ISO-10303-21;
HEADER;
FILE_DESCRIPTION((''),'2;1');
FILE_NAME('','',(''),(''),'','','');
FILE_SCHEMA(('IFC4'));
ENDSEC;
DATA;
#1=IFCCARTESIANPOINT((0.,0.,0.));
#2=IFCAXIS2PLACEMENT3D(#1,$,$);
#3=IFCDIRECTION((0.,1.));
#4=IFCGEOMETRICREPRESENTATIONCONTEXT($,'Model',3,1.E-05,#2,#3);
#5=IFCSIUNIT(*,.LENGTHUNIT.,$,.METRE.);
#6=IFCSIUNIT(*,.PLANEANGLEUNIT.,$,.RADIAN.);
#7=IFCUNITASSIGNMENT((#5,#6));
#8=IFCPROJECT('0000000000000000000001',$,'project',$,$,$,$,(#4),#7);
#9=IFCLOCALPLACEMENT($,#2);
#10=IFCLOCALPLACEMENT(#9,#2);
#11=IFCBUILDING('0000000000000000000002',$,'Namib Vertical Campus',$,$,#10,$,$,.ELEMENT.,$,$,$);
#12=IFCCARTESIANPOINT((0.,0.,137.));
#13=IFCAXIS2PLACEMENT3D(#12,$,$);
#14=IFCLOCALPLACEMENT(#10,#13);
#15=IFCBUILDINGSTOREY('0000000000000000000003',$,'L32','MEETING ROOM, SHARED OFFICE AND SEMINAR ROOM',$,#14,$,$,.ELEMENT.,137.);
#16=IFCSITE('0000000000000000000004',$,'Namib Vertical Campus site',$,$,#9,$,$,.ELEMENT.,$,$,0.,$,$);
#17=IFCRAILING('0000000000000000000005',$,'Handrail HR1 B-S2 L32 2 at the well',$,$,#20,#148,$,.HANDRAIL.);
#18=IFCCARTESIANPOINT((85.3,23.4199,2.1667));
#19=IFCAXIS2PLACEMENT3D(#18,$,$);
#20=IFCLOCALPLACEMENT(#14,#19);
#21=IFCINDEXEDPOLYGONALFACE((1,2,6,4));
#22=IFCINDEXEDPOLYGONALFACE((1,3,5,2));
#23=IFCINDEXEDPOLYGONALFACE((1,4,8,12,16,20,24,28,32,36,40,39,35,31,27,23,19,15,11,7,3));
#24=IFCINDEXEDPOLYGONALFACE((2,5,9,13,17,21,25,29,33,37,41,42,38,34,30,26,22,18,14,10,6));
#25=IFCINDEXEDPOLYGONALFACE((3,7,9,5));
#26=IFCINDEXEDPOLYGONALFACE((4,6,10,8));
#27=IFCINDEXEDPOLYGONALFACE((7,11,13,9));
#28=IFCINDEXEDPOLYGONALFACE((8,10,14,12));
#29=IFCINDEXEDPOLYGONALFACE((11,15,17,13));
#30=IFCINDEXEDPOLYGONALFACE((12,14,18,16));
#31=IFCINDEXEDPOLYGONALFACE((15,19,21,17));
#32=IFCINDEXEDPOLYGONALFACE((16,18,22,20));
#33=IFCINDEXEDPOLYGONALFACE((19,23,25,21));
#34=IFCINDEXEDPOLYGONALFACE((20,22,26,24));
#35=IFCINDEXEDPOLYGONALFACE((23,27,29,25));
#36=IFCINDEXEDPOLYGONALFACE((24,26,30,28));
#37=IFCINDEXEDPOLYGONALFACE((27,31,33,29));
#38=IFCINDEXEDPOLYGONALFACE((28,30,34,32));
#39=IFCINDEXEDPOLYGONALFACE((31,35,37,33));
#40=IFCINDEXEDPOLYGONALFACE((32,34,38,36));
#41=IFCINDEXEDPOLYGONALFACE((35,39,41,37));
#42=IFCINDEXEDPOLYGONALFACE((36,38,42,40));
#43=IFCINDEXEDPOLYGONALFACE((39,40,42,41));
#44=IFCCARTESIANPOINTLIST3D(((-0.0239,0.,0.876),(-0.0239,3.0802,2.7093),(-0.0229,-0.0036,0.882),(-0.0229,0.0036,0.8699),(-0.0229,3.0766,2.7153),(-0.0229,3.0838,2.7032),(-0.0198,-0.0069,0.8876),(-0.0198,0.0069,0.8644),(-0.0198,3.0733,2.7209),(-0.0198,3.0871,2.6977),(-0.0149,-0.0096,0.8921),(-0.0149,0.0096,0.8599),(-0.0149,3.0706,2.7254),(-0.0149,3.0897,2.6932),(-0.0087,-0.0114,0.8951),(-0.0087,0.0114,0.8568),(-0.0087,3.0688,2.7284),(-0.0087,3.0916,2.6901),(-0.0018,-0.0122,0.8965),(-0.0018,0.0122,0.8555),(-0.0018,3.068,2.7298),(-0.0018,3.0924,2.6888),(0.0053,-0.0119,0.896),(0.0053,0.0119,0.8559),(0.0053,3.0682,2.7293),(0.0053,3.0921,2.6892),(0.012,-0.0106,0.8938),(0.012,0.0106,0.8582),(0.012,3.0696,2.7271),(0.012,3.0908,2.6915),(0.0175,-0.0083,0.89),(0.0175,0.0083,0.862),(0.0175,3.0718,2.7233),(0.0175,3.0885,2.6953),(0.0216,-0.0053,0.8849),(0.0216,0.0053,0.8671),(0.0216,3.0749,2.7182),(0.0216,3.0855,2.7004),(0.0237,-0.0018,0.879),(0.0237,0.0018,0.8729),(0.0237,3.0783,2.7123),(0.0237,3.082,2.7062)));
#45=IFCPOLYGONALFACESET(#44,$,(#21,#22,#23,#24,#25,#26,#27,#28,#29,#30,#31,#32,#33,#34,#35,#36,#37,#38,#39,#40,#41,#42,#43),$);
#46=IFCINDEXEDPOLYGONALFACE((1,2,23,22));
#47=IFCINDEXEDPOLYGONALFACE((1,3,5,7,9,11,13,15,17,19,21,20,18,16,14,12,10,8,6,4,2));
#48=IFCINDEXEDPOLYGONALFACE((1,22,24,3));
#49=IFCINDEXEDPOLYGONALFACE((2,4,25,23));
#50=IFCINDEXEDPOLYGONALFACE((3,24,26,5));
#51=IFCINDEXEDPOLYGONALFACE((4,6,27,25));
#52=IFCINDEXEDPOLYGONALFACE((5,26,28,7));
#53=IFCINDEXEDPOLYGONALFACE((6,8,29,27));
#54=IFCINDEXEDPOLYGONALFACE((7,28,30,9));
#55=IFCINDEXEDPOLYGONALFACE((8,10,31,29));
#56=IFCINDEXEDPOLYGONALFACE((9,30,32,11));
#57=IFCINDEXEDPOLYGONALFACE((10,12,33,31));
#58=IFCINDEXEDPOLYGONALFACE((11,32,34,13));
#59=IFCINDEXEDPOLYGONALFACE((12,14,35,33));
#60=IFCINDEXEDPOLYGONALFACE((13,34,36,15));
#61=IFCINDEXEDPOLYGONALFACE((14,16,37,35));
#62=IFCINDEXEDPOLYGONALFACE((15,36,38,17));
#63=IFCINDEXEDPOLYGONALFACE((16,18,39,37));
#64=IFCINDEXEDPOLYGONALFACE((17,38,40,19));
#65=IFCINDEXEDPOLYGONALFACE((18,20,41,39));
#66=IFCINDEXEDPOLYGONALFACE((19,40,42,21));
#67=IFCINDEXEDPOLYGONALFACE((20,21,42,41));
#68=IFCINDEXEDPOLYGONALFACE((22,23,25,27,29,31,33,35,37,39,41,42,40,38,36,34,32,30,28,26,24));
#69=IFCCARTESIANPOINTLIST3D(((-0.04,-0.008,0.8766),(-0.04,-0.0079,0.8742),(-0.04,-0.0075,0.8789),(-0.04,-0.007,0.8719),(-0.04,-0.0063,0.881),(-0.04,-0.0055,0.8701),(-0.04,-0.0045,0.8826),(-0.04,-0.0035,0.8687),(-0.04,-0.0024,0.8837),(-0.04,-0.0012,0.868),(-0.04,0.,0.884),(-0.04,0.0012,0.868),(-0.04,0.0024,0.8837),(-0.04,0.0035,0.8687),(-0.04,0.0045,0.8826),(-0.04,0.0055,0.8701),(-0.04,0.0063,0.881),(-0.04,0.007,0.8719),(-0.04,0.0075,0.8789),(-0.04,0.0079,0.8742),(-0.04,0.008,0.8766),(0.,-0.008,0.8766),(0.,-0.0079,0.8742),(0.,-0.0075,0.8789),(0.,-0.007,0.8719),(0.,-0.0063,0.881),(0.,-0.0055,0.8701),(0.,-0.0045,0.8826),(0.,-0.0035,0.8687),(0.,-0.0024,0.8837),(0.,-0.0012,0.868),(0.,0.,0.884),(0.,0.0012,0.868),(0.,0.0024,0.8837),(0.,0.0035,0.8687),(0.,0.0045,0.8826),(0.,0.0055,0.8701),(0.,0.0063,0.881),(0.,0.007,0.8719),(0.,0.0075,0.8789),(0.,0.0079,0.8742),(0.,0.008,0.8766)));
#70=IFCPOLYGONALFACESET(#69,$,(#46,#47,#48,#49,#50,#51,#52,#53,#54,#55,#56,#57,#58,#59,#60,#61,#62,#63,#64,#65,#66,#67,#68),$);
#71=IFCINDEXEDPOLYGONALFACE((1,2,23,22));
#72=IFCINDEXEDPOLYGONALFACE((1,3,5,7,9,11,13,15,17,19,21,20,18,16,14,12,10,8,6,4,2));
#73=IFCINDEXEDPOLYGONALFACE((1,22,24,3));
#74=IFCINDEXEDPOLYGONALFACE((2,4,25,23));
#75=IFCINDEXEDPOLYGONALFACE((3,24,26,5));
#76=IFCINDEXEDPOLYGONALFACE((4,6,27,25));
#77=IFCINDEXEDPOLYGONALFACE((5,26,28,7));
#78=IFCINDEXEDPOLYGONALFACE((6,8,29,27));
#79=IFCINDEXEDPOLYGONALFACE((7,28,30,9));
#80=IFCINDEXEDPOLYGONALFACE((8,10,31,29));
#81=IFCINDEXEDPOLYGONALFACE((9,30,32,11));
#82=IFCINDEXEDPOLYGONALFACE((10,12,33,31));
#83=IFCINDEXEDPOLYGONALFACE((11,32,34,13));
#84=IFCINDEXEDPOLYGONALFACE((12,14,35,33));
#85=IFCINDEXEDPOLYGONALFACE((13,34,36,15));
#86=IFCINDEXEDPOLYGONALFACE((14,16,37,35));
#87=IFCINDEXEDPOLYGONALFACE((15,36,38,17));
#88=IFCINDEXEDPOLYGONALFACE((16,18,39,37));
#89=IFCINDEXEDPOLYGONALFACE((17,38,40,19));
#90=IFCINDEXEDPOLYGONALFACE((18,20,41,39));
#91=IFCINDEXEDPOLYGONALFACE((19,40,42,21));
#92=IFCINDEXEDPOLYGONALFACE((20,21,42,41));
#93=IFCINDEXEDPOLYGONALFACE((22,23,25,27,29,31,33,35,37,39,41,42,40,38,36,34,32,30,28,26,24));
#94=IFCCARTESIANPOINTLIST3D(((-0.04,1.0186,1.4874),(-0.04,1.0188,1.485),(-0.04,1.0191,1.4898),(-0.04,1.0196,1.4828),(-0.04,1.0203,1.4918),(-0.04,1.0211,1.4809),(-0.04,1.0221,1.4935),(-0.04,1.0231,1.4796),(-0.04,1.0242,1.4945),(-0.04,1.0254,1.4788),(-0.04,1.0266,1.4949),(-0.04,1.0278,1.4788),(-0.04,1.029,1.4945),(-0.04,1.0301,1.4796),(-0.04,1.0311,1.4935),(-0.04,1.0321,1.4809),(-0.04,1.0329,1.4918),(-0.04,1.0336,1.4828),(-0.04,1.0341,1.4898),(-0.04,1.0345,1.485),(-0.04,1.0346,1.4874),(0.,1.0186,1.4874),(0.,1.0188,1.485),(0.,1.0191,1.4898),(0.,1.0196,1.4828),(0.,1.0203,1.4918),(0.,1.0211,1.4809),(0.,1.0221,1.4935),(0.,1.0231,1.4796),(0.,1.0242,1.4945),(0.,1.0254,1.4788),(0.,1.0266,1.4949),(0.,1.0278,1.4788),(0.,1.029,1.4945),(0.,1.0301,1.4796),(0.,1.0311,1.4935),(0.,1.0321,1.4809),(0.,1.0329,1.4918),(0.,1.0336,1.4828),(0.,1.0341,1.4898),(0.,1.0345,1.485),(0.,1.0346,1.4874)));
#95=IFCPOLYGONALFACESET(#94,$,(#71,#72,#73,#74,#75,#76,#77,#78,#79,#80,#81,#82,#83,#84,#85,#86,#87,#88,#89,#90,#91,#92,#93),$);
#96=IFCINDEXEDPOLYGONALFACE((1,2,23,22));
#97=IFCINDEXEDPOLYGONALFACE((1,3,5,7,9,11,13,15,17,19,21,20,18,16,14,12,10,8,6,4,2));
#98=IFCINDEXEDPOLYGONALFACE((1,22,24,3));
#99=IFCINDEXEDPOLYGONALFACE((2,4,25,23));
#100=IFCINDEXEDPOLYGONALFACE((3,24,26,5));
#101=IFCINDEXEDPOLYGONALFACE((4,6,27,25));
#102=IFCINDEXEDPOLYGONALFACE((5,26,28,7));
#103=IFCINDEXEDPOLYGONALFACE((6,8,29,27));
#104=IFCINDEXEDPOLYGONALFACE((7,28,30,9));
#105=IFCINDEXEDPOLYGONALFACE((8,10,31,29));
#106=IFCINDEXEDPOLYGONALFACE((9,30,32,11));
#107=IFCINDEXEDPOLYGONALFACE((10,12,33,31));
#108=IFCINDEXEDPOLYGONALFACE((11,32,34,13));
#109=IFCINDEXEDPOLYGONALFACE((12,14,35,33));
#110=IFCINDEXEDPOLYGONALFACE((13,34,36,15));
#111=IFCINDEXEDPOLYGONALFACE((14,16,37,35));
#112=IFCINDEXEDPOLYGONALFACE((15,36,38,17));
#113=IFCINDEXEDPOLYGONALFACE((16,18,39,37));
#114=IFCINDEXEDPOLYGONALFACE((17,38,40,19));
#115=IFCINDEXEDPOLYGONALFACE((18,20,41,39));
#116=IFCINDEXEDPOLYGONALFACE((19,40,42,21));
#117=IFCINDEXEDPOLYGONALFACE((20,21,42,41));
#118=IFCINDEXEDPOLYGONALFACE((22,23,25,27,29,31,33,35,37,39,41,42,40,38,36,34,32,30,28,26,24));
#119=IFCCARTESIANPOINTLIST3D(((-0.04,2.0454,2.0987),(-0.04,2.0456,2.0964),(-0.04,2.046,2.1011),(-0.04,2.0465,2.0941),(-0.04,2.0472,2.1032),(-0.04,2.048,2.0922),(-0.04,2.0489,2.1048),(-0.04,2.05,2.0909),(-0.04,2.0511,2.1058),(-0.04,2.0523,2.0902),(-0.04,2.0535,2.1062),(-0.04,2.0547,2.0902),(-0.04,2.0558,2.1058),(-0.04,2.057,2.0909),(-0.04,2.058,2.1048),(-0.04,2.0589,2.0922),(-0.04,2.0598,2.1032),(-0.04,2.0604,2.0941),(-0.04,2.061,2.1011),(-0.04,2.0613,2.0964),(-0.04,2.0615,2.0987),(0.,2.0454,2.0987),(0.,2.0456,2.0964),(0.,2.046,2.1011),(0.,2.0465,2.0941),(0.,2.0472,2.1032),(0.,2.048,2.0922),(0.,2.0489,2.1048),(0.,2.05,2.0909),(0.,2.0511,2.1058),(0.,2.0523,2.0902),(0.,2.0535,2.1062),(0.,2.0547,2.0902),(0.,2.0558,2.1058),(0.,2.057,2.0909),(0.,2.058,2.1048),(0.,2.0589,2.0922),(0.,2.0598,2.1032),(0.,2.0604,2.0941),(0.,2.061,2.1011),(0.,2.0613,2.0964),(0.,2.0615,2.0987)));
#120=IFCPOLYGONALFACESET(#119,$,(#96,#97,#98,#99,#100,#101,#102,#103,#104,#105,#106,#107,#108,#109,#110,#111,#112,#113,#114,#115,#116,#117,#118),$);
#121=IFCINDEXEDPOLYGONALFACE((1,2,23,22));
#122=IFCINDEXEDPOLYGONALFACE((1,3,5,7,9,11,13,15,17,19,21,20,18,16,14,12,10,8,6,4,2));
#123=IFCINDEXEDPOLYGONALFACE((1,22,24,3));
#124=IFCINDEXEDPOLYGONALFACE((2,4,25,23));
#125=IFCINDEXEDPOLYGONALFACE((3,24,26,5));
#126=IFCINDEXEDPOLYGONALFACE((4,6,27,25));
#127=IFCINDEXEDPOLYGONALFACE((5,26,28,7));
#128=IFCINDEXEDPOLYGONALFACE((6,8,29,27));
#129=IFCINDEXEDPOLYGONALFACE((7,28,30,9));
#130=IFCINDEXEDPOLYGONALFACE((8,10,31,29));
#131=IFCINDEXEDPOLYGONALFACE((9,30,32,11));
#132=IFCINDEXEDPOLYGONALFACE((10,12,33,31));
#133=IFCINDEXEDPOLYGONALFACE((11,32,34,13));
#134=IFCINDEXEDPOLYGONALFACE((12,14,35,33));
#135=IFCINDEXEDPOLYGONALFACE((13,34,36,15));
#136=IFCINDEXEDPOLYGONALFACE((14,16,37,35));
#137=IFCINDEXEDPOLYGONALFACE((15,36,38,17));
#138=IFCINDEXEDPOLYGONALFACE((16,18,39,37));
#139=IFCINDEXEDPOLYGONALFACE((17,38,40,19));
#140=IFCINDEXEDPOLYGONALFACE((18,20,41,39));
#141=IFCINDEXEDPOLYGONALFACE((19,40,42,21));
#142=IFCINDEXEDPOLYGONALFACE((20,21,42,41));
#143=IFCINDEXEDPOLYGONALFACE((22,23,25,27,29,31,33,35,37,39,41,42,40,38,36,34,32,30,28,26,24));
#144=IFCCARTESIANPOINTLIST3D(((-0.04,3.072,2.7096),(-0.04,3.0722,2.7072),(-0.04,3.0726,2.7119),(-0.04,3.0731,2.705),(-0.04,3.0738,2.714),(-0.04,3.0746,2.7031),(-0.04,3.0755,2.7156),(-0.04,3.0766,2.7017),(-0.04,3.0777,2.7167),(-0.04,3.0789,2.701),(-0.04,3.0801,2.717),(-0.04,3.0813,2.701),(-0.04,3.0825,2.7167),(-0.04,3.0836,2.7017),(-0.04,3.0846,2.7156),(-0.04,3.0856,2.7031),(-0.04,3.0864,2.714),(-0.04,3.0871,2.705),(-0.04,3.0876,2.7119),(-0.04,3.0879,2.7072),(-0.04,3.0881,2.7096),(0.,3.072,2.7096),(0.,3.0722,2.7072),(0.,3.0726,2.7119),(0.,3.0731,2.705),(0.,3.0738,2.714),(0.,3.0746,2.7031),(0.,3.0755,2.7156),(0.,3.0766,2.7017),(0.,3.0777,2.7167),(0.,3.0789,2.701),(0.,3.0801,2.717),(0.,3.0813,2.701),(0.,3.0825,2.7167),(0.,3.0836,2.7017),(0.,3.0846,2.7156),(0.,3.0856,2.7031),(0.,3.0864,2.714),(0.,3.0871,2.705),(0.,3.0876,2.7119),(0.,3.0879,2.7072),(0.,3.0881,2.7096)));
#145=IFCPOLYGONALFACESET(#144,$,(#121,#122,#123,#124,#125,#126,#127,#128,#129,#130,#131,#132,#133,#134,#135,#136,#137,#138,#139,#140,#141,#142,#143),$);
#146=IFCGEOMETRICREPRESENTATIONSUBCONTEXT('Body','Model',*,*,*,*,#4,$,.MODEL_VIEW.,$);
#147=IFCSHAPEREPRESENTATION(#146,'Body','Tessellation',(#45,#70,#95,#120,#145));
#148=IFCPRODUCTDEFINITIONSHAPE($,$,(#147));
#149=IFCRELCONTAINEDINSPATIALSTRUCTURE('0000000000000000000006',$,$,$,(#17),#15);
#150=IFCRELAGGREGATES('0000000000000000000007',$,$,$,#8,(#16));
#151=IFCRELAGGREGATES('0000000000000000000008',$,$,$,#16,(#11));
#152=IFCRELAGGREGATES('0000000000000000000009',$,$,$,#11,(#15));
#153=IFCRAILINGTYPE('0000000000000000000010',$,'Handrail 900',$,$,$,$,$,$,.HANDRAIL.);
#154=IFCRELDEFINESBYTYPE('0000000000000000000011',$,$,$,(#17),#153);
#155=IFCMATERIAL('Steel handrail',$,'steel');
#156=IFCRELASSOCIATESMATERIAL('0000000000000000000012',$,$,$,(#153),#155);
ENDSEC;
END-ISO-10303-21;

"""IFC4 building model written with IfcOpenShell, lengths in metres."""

from ifc_helpers import new_model, si_unit, direction, frame, origin, origin_2d, place, context, subcontext, project, spatial, circle, extrude, material, type_object, element, save


model = new_model("IFC4")

# Units and contexts
model_context = context("Model", 3, precision=1e-05, world=origin(), true_north=direction((0.0, 1.0)))
body_context = subcontext(model_context, "Body", "Model", "MODEL_VIEW")
ifc_project = project(units=[si_unit("LENGTHUNIT", "METRE"), si_unit("PLANEANGLEUNIT", "RADIAN")], contexts=[model_context])

# Site, building, storey
site_placement = place(None, origin())
site = spatial("IfcSite", under=ifc_project, at=site_placement, Name="Namib Vertical Campus site", CompositionType="ELEMENT", RefElevation=0.0)
building_placement = place(site_placement, origin())
building = spatial("IfcBuilding", under=site, at=building_placement, Name="Namib Vertical Campus", CompositionType="ELEMENT")
storey_placement = place(building_placement, frame((0.0, 0.0, 137.0)))
storey = spatial("IfcBuildingStorey", under=building, at=storey_placement, Name="L32", Description="MEETING ROOM, SHARED OFFICE AND SEMINAR ROOM", CompositionType="ELEMENT", Elevation=137.0)

# Railing
ifc_material_1 = material(Name="Steel handrail", Category="steel")
railing_type_1 = type_object("IfcRailingType", Name="Handrail 900", PredefinedType="HANDRAIL", material=ifc_material_1)
railing_1_placement = place(storey_placement, frame((85.3, 23.4199, 2.1667)))
element("IfcRailing", 1, at=railing_1_placement, inside=storey, type_object=railing_type_1, Name="Handrail HR1 B-S2 L32 2 at the well", PredefinedType="HANDRAIL", context=body_context, shape_type="SweptSolid", body=[
    extrude(circle(Radius=0.0239, at=origin_2d()), frame((0.0, 0.0, 0.876), z_axis=(0.0, 0.859309, 0.511458), x_axis=(-1.0, 0.0, 0.0)), (0.0, 0.0, 1.0), 3.5845),
    extrude(circle(Radius=0.0081, at=origin_2d()), frame((0.0, 0.0, 0.876), z_axis=(-1.0, 0.0, 0.0), x_axis=(0.0, 0.0, 1.0)), (0.0, 0.0, 1.0), 0.04),
    extrude(circle(Radius=0.0081, at=origin_2d()), frame((0.0, 1.0266, 1.4868), z_axis=(-1.0, 0.0, 0.0), x_axis=(0.0, 0.0, 1.0)), (0.0, 0.0, 1.0), 0.04),
    extrude(circle(Radius=0.0081, at=origin_2d()), frame((0.0, 2.0535, 2.0981), z_axis=(-1.0, 0.0, 0.0), x_axis=(0.0, 0.0, 1.0)), (0.0, 0.0, 1.0), 0.04),
    extrude(circle(Radius=0.0081, at=origin_2d()), frame((0.0, 3.0801, 2.709), z_axis=(-1.0, 0.0, 0.0), x_axis=(0.0, 0.0, 1.0)), (0.0, 0.0, 1.0), 0.04),
])

save(model, "model.ifc")
